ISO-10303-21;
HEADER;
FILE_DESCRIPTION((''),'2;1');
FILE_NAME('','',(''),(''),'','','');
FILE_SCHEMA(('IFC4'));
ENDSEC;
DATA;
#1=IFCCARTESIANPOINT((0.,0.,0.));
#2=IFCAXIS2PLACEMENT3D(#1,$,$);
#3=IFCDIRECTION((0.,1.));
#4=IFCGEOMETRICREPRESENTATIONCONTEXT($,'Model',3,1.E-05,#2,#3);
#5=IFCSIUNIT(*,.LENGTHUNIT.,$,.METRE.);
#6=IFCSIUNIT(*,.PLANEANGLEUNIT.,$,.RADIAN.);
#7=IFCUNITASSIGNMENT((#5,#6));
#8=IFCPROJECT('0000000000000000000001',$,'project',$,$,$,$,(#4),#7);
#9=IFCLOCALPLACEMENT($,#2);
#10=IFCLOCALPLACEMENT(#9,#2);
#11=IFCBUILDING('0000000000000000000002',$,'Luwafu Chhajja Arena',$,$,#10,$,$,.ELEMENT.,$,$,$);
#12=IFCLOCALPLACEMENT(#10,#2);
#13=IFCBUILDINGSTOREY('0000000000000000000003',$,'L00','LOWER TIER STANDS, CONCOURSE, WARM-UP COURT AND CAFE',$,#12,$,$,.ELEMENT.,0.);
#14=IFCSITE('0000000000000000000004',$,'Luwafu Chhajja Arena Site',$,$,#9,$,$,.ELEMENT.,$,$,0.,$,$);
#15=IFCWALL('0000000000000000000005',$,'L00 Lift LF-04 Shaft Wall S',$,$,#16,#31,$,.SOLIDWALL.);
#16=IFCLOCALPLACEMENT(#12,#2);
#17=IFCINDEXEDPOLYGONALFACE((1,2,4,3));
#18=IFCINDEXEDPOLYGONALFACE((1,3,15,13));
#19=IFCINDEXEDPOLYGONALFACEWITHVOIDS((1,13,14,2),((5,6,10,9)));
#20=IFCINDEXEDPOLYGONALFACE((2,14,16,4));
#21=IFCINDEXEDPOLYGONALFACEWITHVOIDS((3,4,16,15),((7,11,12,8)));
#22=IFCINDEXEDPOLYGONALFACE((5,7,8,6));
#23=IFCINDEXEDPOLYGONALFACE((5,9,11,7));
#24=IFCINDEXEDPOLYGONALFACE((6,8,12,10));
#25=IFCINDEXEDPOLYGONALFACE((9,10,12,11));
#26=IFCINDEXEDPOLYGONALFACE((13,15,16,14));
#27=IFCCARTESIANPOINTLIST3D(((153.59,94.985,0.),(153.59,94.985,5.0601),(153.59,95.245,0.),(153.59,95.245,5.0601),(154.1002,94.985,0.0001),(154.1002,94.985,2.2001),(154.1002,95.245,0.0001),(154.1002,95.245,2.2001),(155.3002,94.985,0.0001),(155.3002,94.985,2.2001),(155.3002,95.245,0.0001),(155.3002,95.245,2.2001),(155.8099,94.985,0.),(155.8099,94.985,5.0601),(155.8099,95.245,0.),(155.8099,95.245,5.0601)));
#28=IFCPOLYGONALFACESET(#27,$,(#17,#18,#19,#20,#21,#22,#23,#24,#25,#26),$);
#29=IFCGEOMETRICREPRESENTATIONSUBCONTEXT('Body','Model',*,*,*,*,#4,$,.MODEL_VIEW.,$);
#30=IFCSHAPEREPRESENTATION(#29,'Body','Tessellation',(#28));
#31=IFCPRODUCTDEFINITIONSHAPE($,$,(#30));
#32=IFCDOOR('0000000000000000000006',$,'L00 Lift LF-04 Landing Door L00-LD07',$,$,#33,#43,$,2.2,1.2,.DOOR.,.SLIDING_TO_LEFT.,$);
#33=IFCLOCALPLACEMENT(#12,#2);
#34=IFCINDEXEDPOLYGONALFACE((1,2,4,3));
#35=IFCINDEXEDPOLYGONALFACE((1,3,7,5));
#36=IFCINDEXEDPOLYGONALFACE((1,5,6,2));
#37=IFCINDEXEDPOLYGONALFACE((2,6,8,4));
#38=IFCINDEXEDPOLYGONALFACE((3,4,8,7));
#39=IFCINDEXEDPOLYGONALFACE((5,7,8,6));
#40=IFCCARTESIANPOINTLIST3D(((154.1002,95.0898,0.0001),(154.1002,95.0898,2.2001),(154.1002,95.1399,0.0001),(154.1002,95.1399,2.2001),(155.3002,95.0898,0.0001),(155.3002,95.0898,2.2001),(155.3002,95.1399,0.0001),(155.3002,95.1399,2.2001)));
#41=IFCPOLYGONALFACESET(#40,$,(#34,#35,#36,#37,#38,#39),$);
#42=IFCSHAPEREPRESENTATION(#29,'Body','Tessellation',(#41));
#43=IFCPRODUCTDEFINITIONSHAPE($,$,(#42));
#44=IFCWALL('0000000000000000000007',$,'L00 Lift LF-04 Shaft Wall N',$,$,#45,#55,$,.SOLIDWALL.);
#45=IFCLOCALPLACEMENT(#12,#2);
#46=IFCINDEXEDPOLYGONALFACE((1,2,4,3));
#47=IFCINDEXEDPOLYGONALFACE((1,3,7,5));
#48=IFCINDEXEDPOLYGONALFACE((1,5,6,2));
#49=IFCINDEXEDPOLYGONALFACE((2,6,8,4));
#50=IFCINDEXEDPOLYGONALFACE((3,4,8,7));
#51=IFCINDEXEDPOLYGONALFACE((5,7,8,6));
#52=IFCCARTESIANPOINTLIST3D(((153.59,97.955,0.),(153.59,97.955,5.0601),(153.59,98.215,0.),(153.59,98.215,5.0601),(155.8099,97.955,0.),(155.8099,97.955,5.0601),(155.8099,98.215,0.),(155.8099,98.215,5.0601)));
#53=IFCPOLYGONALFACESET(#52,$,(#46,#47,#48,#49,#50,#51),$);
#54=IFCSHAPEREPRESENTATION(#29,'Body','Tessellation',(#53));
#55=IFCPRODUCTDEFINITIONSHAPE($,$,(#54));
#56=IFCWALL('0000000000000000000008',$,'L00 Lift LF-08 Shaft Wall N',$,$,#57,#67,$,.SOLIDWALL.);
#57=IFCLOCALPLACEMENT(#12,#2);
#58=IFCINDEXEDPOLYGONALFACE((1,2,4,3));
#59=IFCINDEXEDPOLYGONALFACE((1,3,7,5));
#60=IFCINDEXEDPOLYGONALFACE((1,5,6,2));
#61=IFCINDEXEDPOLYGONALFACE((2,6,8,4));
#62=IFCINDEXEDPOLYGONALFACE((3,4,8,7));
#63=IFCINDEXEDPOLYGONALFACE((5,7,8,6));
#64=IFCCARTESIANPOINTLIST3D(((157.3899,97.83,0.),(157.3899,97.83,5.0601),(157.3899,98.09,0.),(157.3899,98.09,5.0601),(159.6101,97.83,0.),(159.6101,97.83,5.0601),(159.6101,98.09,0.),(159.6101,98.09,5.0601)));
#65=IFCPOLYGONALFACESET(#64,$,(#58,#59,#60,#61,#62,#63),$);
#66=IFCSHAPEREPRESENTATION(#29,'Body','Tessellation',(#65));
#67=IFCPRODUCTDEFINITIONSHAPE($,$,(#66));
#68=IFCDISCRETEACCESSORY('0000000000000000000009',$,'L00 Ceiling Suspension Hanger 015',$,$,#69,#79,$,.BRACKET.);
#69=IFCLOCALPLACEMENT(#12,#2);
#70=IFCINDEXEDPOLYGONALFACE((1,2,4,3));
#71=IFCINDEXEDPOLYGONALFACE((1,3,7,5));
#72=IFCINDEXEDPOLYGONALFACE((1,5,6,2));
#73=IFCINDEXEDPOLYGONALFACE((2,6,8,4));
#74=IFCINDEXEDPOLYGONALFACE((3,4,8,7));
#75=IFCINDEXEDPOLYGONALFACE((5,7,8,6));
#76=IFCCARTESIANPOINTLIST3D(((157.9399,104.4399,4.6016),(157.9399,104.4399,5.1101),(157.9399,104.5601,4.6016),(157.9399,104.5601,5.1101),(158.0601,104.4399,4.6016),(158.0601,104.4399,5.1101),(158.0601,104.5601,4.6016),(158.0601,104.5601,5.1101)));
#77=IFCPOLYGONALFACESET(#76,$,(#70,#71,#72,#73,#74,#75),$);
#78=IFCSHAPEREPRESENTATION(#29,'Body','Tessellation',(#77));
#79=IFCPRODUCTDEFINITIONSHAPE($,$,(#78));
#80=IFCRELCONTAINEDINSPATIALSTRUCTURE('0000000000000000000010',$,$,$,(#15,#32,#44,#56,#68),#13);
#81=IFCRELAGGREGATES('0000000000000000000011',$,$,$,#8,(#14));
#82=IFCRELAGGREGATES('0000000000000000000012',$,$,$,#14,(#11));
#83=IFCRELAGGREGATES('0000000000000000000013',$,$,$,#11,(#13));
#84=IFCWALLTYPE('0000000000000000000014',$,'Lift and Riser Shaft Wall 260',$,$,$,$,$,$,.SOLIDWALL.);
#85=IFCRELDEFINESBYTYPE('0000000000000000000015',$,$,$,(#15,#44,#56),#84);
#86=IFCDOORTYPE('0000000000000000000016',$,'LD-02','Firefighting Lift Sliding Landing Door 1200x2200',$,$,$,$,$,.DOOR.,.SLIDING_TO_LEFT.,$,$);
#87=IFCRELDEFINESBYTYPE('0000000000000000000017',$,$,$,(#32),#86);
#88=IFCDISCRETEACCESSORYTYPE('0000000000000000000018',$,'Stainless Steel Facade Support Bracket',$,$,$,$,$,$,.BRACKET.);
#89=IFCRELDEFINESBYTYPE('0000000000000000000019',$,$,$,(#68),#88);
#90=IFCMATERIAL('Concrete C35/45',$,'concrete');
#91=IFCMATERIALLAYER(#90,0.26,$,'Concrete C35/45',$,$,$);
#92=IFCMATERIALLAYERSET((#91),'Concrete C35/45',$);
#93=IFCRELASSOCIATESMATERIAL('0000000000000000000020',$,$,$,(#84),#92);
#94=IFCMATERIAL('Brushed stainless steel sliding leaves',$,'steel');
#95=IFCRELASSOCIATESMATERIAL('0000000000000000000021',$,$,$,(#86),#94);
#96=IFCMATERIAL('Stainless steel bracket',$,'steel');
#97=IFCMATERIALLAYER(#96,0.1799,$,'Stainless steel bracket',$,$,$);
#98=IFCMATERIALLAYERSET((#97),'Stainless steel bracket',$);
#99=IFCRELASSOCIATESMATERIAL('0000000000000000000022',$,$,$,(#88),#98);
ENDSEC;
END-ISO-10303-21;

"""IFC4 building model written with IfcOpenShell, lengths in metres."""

from ifc_helpers import new_model, si_unit, direction, frame, frame_2d, origin, origin_2d, place, context, subcontext, project, spatial, rectangle, extrude, material, layer, layer_set, type_object, element, fill, save


model = new_model("IFC4")

# Units and contexts
model_context = context("Model", 3, precision=1e-05, world=origin(), true_north=direction((0.0, 1.0)))
body_context = subcontext(model_context, "Body", "Model", "MODEL_VIEW")
ifc_project = project(units=[si_unit("LENGTHUNIT", "METRE"), si_unit("PLANEANGLEUNIT", "RADIAN")], contexts=[model_context])

# Site, building, storey
site_placement = place(None, origin())
site = spatial("IfcSite", under=ifc_project, at=site_placement, Name="Luwafu Chhajja Arena Site", CompositionType="ELEMENT", RefElevation=0.0)
building_placement = place(site_placement, origin())
building = spatial("IfcBuilding", under=site, at=building_placement, Name="Luwafu Chhajja Arena", CompositionType="ELEMENT")
storey_placement = place(building_placement, origin())
storey = spatial("IfcBuildingStorey", under=building, at=storey_placement, Name="L00", Description="LOWER TIER STANDS, CONCOURSE, WARM-UP COURT AND CAFE", CompositionType="ELEMENT", Elevation=0.0)

# Shared definitions
ifc_material_1 = material(Name="Concrete C35/45", Category="concrete")

# Wall, opening, door
ifc_layer_1 = layer(ifc_material_1, 0.26, Name="Concrete C35/45")
ifc_layer_set_1 = layer_set([ifc_layer_1], Name="Concrete C35/45")
wall_type_1 = type_object("IfcWallType", Name="Lift and Riser Shaft Wall 260", PredefinedType="SOLIDWALL", material=ifc_layer_set_1)
wall_1_placement = place(storey_placement, frame((153.5901, 95.115, 0.0), z_axis=(0.0, 0.0, 1.0), x_axis=(1.0, 0.0, 0.0)))
wall_1 = element("IfcWall", 1, at=wall_1_placement, inside=storey, type_object=wall_type_1, Name="L00 Lift LF-04 Shaft Wall S", PredefinedType="SOLIDWALL", context=body_context, shape_type="SweptSolid", body=[
    extrude(rectangle(XDim=2.22, YDim=0.26, at=frame_2d((1.1099, 0.0))), origin(), (0.0, 0.0, 1.0), 5.0601),
])
opening_1_placement = place(wall_1_placement, frame((0.51, 0.0, 0.0)))
opening_1 = element("IfcOpeningElement", 2, at=opening_1_placement, cuts=wall_1, PredefinedType="OPENING", context=body_context, shape_type="SweptSolid", body=[
    extrude(rectangle(XDim=1.2, YDim=2.2, at=frame_2d((0.6001, 1.1001))), frame((0.0, 0.1399, 0.0), z_axis=(0.0, -1.0, 0.0), x_axis=(1.0, 0.0, 0.0)), (0.0, 0.0, 1.0), 0.28),
])
ifc_material_2 = material(Name="Brushed stainless steel sliding leaves", Category="steel")
door_type_1 = type_object("IfcDoorType", Name="LD-02", Description="Firefighting Lift Sliding Landing Door 1200x2200", OperationType="SLIDING_TO_LEFT", PredefinedType="DOOR", material=ifc_material_2)
door_1_placement = place(opening_1_placement, origin())
door_1 = element("IfcDoor", 3, at=door_1_placement, inside=storey, type_object=door_type_1, Name="L00 Lift LF-04 Landing Door L00-LD07", OperationType="SLIDING_TO_LEFT", OverallHeight=2.2, OverallWidth=1.2, PredefinedType="DOOR", context=body_context, shape_type="SweptSolid", body=[
    extrude(rectangle(XDim=1.2, YDim=2.2, at=frame_2d((0.6001, 1.1001))), frame((0.0, 0.0249, 0.0), z_axis=(0.0, -1.0, 0.0), x_axis=(1.0, 0.0, 0.0)), (0.0, 0.0, 1.0), 0.05),
])
fill(opening_1, door_1)

# Wall
wall_2_placement = place(storey_placement, frame((153.5901, 98.085, 0.0), z_axis=(0.0, 0.0, 1.0), x_axis=(1.0, 0.0, 0.0)))
element("IfcWall", 4, at=wall_2_placement, inside=storey, type_object=wall_type_1, Name="L00 Lift LF-04 Shaft Wall N", PredefinedType="SOLIDWALL", context=body_context, shape_type="SweptSolid", body=[
    extrude(rectangle(XDim=2.22, YDim=0.26, at=frame_2d((1.1099, 0.0))), origin(), (0.0, 0.0, 1.0), 5.0601),
])

# Wall
wall_3_placement = place(storey_placement, frame((157.3899, 97.96, 0.0), z_axis=(0.0, 0.0, 1.0), x_axis=(1.0, 0.0, 0.0)))
element("IfcWall", 5, at=wall_3_placement, inside=storey, type_object=wall_type_1, Name="L00 Lift LF-08 Shaft Wall N", PredefinedType="SOLIDWALL", context=body_context, shape_type="SweptSolid", body=[
    extrude(rectangle(XDim=2.2202, YDim=0.26, at=frame_2d((1.1101, 0.0))), origin(), (0.0, 0.0, 1.0), 5.0601),
])

# Discrete accessory
ifc_material_3 = material(Name="Stainless steel bracket", Category="steel")
ifc_layer_2 = layer(ifc_material_3, 0.1799, Name="Stainless steel bracket")
ifc_layer_set_2 = layer_set([ifc_layer_2], Name="Stainless steel bracket")
discrete_accessory_type = type_object("IfcDiscreteAccessoryType", Name="Stainless Steel Facade Support Bracket", PredefinedType="BRACKET", material=ifc_layer_set_2)
discrete_accessory_placement = place(storey_placement, frame((158.0, 104.5, 4.6016), z_axis=(0.0, 0.0, 1.0), x_axis=(1.0, 0.0, 0.0)))
element("IfcDiscreteAccessory", 6, at=discrete_accessory_placement, inside=storey, type_object=discrete_accessory_type, Name="L00 Ceiling Suspension Hanger 015", PredefinedType="BRACKET", context=body_context, shape_type="SweptSolid", body=[
    extrude(rectangle(XDim=0.1201, YDim=0.1201, at=origin_2d()), origin(), (0.0, 0.0, 1.0), 0.5085),
])

save(model, "model.ifc")
